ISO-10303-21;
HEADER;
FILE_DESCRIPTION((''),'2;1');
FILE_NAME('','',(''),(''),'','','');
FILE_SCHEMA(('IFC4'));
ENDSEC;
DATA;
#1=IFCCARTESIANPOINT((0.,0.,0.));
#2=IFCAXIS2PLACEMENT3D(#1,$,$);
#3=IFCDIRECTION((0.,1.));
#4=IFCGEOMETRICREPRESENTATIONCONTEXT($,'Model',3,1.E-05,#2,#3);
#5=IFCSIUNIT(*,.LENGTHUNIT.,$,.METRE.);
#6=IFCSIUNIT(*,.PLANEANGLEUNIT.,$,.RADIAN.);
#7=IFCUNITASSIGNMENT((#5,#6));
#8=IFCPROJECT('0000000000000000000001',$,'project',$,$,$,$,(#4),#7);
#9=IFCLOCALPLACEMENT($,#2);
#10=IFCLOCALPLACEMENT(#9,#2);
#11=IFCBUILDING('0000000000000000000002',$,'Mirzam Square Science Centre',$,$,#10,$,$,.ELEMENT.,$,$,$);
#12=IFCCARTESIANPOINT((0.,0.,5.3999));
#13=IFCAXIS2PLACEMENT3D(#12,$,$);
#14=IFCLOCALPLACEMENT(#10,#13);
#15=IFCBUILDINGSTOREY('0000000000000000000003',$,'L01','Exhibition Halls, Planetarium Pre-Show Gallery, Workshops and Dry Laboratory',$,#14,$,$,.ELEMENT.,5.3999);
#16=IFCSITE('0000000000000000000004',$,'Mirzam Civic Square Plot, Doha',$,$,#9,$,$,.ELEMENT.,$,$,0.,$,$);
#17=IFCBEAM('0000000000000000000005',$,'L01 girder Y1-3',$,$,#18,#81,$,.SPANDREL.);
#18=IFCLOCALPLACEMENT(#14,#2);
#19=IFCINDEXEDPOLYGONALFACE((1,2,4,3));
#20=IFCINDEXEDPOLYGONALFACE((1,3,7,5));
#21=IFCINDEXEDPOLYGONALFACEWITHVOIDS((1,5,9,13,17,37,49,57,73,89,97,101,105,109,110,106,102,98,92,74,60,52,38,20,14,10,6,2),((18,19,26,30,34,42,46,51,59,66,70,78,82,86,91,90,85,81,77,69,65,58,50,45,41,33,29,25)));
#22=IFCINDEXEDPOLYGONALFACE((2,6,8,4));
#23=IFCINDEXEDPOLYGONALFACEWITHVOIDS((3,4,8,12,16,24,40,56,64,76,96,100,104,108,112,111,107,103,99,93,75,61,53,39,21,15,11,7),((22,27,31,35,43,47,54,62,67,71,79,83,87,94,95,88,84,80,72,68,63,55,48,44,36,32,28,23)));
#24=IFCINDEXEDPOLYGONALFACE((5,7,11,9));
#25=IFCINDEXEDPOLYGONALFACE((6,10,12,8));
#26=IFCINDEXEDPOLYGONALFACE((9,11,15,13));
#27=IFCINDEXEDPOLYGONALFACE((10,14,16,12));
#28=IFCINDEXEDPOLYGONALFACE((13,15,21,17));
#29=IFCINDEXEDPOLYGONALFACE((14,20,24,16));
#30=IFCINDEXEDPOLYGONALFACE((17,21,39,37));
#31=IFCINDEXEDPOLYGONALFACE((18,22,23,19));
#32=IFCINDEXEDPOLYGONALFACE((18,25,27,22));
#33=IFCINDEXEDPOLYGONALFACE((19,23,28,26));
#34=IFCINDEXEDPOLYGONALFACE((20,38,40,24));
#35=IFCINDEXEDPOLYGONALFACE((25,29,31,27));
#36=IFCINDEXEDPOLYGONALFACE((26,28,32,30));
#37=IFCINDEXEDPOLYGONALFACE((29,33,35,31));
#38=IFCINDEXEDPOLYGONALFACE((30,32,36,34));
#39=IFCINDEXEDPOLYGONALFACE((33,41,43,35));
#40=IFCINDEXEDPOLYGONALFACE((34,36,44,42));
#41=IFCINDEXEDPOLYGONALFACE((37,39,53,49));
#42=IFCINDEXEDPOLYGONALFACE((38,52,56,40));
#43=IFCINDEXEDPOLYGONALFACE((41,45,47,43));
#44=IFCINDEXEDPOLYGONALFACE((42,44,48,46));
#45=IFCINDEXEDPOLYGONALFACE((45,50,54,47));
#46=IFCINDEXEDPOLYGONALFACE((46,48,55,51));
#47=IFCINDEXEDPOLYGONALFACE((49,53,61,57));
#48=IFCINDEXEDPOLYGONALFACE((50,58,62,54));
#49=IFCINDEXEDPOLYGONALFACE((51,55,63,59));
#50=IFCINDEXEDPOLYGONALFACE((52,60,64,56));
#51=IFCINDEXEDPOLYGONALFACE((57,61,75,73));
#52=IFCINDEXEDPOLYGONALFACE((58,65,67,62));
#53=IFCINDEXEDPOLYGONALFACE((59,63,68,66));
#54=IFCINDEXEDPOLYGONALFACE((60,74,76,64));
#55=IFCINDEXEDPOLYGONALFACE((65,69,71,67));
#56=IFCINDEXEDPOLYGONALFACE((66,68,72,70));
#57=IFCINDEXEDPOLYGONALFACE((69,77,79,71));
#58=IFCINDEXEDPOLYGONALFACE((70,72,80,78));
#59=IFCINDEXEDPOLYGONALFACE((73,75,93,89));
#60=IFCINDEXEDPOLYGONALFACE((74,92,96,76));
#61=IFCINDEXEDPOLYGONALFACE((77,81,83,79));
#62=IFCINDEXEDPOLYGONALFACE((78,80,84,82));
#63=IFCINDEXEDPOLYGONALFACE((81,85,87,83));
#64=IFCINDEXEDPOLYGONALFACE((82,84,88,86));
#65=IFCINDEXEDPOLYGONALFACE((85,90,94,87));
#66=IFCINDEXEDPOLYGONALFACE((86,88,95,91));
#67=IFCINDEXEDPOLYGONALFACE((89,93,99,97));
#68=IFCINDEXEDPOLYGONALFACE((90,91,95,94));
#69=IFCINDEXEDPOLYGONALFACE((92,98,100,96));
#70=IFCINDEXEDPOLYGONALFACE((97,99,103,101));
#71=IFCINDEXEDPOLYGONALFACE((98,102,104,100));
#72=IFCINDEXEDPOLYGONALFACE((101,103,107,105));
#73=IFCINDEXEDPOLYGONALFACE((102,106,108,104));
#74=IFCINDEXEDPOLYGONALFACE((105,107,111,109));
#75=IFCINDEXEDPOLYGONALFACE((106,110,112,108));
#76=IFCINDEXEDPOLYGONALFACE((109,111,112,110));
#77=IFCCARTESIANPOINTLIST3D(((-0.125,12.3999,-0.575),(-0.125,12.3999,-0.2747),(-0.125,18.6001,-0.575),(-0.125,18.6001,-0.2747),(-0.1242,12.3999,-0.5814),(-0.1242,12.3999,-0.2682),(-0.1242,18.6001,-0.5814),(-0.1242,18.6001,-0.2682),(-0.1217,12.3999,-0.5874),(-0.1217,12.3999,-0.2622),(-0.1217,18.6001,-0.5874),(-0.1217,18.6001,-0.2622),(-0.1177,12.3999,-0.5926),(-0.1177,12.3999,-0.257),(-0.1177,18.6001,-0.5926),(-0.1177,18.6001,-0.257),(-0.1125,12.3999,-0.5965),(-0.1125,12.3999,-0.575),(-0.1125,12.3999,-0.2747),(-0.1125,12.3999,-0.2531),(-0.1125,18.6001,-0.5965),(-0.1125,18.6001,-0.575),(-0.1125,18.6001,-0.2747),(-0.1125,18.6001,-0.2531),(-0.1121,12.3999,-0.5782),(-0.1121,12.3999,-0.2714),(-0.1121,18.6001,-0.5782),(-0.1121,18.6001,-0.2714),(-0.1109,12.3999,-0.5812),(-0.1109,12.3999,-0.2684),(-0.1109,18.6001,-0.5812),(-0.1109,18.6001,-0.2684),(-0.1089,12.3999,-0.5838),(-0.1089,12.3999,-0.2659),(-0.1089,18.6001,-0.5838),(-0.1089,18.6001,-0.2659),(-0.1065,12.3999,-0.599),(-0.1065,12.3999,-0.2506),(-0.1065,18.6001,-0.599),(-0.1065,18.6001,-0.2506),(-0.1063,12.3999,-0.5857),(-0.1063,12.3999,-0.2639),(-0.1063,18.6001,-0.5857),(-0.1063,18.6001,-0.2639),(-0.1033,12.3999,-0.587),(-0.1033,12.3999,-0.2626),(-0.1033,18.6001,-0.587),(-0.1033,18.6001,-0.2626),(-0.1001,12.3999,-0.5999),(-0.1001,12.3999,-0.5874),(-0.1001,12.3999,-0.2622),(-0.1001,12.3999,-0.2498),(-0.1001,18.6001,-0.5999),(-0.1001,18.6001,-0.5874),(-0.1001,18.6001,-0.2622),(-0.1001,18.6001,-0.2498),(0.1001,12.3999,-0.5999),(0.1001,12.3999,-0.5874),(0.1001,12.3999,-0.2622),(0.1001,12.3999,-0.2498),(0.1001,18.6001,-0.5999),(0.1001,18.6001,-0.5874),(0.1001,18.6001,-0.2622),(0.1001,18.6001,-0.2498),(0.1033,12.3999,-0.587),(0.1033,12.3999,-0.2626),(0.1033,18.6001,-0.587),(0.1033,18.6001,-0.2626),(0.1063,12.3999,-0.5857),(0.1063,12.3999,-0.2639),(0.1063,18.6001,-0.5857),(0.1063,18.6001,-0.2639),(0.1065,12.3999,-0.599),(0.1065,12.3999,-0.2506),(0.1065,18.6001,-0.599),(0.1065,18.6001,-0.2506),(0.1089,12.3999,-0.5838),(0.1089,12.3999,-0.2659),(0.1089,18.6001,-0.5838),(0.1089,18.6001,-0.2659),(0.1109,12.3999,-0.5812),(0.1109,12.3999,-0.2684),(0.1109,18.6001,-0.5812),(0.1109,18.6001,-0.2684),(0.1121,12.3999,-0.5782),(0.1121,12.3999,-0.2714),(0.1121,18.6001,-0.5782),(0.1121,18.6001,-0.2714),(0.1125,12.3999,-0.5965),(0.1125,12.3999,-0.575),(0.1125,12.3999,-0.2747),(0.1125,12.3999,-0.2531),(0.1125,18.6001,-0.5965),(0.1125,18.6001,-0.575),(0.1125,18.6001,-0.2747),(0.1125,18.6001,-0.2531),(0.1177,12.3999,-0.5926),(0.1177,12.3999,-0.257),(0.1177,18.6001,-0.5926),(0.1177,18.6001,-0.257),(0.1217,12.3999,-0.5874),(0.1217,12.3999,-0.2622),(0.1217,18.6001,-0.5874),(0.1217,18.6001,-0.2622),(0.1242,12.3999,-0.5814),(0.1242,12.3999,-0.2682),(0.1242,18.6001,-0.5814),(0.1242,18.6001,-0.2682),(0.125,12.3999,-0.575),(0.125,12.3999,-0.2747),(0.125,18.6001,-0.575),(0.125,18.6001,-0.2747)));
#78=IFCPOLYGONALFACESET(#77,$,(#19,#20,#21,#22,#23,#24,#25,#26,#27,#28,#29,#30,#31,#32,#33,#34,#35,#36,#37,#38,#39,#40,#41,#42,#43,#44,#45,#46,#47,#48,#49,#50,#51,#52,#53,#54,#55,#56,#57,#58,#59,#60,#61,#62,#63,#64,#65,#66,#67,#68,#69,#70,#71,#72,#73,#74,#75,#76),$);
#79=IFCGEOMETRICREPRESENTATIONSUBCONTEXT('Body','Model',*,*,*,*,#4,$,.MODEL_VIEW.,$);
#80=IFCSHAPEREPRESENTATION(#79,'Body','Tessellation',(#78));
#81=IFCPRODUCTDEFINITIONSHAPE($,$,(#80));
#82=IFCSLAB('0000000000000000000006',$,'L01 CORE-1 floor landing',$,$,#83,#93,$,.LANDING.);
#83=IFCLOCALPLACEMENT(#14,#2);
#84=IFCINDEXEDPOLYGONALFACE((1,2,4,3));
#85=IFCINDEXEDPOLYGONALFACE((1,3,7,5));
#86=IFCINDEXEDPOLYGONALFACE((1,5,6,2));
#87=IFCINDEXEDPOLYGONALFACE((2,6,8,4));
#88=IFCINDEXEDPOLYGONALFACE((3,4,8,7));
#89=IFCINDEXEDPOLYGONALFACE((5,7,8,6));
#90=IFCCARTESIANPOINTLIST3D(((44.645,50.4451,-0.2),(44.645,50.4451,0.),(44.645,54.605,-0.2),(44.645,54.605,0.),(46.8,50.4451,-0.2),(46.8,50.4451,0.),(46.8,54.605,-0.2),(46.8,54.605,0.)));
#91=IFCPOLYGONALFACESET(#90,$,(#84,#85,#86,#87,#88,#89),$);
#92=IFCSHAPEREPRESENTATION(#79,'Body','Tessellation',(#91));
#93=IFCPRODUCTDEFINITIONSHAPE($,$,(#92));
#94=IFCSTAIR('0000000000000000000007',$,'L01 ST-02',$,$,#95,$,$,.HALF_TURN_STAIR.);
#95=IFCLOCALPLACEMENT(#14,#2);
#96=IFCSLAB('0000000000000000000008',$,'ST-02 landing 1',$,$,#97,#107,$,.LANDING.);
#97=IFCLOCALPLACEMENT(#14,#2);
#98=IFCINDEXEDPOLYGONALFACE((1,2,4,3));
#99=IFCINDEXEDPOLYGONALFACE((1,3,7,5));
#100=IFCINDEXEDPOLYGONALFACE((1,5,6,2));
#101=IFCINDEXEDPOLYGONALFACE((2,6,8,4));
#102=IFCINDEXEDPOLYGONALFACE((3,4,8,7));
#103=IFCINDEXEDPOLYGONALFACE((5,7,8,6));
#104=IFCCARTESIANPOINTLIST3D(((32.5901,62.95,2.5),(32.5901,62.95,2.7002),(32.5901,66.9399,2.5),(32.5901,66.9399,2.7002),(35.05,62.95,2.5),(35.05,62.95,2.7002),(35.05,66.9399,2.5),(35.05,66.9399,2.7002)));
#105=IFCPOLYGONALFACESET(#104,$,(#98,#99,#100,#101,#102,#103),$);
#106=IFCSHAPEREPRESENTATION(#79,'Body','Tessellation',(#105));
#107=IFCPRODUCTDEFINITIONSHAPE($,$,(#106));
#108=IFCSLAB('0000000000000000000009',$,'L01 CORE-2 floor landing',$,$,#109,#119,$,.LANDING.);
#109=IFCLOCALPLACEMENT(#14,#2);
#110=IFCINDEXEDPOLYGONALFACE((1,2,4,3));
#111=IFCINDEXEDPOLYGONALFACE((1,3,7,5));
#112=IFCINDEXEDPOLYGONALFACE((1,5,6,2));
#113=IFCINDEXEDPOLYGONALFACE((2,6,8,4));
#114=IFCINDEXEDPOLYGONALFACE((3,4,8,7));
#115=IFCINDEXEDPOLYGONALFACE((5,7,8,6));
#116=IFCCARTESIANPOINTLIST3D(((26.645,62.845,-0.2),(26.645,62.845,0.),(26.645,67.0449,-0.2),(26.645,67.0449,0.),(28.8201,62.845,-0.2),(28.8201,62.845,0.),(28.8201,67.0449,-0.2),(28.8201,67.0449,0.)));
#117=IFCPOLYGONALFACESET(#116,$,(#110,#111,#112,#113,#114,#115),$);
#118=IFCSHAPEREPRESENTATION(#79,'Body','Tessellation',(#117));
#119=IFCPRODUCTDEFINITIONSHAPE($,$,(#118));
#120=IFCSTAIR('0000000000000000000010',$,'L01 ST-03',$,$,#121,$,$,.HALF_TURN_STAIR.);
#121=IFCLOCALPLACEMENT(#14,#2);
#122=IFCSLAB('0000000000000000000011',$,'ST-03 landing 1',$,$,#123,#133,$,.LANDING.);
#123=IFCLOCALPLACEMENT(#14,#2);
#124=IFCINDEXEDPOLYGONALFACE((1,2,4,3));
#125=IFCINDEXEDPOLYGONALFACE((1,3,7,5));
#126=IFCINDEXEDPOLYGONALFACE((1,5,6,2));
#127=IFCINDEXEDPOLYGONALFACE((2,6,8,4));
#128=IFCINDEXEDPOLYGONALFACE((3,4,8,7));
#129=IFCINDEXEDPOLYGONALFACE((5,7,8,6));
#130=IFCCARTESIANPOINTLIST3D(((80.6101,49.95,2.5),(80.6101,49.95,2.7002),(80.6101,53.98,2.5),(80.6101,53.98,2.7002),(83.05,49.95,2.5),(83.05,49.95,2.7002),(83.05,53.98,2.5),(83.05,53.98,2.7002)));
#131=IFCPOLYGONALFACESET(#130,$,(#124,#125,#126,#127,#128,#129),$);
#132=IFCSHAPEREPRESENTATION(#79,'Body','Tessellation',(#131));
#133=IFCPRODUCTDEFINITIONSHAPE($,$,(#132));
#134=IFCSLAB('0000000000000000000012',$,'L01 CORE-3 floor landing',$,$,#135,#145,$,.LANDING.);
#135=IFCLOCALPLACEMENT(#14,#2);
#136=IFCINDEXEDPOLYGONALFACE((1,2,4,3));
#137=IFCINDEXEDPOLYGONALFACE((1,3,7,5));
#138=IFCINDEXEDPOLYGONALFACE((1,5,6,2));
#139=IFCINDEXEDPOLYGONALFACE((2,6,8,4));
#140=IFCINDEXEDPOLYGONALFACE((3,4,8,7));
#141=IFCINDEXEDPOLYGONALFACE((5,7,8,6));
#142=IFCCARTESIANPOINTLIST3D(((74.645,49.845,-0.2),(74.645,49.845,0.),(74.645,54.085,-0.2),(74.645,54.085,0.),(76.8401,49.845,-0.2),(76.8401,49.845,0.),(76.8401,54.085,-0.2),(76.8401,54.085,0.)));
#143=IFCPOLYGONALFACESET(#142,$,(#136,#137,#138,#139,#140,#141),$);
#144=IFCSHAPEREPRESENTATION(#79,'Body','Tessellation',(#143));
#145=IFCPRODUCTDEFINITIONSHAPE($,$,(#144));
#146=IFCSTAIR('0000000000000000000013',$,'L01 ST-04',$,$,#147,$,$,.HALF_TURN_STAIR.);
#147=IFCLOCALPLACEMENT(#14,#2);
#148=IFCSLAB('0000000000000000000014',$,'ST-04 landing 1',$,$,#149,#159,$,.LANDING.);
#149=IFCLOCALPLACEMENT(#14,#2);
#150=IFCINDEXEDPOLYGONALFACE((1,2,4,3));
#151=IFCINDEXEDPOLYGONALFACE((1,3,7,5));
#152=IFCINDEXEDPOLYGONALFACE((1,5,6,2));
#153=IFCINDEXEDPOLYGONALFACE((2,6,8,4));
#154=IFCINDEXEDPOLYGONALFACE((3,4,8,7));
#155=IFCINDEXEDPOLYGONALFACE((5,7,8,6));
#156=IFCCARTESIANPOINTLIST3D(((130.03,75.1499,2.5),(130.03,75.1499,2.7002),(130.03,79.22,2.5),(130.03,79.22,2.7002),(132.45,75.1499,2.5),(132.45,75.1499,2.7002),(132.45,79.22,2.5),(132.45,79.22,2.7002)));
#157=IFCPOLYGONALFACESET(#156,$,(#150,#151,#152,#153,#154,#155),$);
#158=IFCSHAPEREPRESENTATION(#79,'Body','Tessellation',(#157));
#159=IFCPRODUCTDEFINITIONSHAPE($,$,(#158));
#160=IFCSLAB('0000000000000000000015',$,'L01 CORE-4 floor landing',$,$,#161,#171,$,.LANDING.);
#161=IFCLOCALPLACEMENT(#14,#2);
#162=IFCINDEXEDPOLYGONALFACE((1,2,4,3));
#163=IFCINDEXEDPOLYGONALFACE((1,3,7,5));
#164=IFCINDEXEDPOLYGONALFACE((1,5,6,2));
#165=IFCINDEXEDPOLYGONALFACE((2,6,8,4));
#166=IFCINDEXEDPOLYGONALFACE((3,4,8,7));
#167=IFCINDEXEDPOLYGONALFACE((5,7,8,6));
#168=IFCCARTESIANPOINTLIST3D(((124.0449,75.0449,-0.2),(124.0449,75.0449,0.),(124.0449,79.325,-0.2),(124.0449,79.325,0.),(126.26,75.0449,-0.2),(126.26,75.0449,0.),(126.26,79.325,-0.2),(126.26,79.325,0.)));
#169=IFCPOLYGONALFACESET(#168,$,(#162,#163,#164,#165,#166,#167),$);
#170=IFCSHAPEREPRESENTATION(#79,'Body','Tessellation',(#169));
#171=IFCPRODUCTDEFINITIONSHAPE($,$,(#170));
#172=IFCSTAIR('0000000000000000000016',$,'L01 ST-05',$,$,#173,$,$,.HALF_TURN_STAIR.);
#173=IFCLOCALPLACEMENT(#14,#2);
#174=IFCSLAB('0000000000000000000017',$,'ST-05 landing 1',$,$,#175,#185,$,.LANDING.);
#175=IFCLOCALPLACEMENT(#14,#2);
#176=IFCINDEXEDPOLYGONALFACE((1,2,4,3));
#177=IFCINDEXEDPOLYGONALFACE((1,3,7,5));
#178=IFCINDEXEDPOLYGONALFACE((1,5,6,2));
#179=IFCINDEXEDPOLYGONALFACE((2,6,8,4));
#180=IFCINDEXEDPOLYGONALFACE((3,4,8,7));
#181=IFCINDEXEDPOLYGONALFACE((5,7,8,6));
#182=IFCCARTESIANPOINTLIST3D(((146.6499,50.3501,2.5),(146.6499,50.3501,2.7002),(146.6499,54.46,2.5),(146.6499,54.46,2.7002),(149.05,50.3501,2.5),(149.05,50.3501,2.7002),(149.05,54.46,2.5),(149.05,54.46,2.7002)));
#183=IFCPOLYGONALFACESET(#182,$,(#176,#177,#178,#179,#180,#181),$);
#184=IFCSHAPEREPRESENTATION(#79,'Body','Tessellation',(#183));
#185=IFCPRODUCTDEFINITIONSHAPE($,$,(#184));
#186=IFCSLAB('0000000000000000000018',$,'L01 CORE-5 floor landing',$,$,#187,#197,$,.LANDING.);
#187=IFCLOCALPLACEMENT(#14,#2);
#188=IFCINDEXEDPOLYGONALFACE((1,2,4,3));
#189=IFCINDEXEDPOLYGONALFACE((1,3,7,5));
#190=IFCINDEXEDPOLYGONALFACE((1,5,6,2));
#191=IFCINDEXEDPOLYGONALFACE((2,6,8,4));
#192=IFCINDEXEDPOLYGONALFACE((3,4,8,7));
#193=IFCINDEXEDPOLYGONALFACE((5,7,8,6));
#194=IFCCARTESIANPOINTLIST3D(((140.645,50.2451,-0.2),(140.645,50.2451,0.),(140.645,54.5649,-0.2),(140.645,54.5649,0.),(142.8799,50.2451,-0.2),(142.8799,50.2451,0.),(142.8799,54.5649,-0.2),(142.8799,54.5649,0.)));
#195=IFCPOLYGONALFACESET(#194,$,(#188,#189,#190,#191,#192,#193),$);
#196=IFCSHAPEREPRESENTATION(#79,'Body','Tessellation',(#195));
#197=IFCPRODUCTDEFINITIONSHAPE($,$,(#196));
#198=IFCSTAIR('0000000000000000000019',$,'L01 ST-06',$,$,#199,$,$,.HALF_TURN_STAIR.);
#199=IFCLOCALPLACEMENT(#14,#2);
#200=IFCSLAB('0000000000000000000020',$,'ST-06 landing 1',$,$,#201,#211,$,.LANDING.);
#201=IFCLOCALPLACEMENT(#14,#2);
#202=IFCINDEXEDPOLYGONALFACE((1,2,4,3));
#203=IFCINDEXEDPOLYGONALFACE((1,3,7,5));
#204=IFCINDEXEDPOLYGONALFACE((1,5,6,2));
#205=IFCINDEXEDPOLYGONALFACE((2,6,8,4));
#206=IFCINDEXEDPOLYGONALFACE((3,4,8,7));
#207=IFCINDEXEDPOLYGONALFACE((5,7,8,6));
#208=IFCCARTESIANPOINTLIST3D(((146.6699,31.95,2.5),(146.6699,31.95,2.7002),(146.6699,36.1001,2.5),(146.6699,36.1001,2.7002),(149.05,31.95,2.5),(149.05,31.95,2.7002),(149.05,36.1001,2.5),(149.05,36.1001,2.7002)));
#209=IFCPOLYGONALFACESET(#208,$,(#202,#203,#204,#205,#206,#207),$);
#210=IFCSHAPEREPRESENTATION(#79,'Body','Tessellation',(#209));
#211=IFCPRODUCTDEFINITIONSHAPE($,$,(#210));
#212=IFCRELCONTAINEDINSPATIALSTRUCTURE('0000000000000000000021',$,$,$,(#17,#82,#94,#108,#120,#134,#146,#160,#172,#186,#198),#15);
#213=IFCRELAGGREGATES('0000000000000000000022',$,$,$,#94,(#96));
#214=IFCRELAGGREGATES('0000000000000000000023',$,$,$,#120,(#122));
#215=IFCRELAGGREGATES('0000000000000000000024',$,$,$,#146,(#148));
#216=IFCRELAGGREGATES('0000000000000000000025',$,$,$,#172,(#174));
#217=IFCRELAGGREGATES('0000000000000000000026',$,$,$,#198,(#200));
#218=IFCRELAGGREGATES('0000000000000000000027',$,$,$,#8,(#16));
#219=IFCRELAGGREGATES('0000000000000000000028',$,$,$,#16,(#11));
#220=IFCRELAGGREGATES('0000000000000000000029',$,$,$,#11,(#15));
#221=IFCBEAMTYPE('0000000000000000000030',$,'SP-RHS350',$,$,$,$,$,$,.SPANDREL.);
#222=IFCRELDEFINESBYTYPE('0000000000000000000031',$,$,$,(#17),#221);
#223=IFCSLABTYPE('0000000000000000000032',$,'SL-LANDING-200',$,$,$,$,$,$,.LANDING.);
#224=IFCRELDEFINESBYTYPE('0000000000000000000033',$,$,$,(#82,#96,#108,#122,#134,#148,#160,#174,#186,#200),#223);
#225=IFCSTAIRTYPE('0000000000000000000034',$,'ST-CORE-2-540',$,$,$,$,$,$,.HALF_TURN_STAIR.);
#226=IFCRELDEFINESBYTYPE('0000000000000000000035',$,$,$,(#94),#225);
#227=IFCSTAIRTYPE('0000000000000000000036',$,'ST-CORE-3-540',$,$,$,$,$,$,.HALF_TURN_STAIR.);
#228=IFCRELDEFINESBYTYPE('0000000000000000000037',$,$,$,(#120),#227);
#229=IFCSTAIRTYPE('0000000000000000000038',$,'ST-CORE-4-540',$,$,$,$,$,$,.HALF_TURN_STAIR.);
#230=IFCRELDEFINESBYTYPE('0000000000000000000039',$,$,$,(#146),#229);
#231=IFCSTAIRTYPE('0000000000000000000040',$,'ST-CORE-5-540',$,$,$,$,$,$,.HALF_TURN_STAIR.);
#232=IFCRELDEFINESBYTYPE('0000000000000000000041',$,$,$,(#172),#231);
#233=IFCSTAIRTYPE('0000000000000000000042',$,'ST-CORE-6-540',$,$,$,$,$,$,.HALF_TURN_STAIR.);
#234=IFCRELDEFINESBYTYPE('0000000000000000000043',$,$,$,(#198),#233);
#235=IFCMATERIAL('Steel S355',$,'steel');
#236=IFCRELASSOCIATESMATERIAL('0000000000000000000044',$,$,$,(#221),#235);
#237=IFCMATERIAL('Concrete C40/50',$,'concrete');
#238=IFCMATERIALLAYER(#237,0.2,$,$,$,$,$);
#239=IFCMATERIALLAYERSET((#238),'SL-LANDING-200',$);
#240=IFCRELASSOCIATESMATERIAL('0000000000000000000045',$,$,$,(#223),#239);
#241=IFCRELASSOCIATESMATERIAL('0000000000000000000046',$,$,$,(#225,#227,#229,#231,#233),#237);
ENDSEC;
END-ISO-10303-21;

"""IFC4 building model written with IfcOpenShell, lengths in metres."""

from ifc_helpers import new_model, si_unit, direction, frame, origin, origin_2d, place, context, subcontext, project, spatial, polyline, hollow_rectangle, outline, extrude, material, layer, layer_set, material_profile, profile_set, type_object, element, aggregate, save


model = new_model("IFC4")

# Units and contexts
model_context = context("Model", 3, precision=1e-05, world=origin(), true_north=direction((0.0, 1.0)))
body_context = subcontext(model_context, "Body", "Model", "MODEL_VIEW")
ifc_project = project(units=[si_unit("LENGTHUNIT", "METRE"), si_unit("PLANEANGLEUNIT", "RADIAN")], contexts=[model_context])

# Site, building, storey
site_placement = place(None, origin())
site = spatial("IfcSite", under=ifc_project, at=site_placement, Name="Mirzam Civic Square Plot, Doha", CompositionType="ELEMENT", RefElevation=0.0)
building_placement = place(site_placement, origin())
building = spatial("IfcBuilding", under=site, at=building_placement, Name="Mirzam Square Science Centre", CompositionType="ELEMENT")
storey_placement = place(building_placement, frame((0.0, 0.0, 5.3999)))
storey = spatial("IfcBuildingStorey", under=building, at=storey_placement, Name="L01", Description="Exhibition Halls, Planetarium Pre-Show Gallery, Workshops and Dry Laboratory", CompositionType="ELEMENT", Elevation=5.3999)

# Shared definitions
ifc_material_1 = material(Name="Steel S355", Category="steel")

# Beam
ifc_material_profile_1 = material_profile(ifc_material_1, hollow_rectangle(XDim=0.25, YDim=0.3501, WallThickness=0.0125, InnerFilletRadius=0.0125, OuterFilletRadius=0.0249, at=origin_2d()), Name="350x250x12.5RHS")
ifc_profile_set_1 = profile_set([ifc_material_profile_1], Name="Steel S355")
beam_type_1 = type_object("IfcBeamType", Name="SP-RHS350", PredefinedType="SPANDREL", material=ifc_profile_set_1)
beam_1_placement = place(storey_placement, frame((0.0, 12.3999, -0.4248), z_axis=(0.0, 1.0, 0.0), x_axis=(-1.0, 0.0, 0.0)))
element("IfcBeam", 1, at=beam_1_placement, inside=storey, type_object=beam_type_1, Name="L01 girder Y1-3", PredefinedType="SPANDREL", context=body_context, shape_type="SweptSolid", body=[
    extrude(hollow_rectangle(XDim=0.25, YDim=0.3501, WallThickness=0.0125, InnerFilletRadius=0.0125, OuterFilletRadius=0.0249, at=origin_2d()), origin(), (0.0, 0.0, 1.0), 6.2002),
])

# Slab
ifc_material_2 = material(Name="Concrete C40/50", Category="concrete")
ifc_layer_1 = layer(ifc_material_2, 0.2)
ifc_layer_set_1 = layer_set([ifc_layer_1], Name="SL-LANDING-200")
slab_type = type_object("IfcSlabType", Name="SL-LANDING-200", PredefinedType="LANDING", material=ifc_layer_set_1)
slab_1_placement = place(storey_placement, frame((0.0, 0.0, -0.2)))
element("IfcSlab", 2, at=slab_1_placement, inside=storey, type_object=slab_type, Name="L01 CORE-1 floor landing", PredefinedType="LANDING", context=body_context, shape_type="SweptSolid", body=[
    extrude(outline(polyline([(46.8, 50.4451), (44.645, 50.4451), (44.645, 54.605), (46.8, 54.605), (46.8, 50.4451)])), origin(), (0.0, 0.0, 1.0), 0.2),
])

# Stair, slab
stair_type_1 = type_object("IfcStairType", Name="ST-CORE-2-540", PredefinedType="HALF_TURN_STAIR", material=ifc_material_2)
stair_1_placement = place(storey_placement, origin())
stair_1 = element("IfcStair", 3, at=stair_1_placement, inside=storey, type_object=stair_type_1, Name="L01 ST-02", PredefinedType="HALF_TURN_STAIR")
slab_2_placement = place(storey_placement, frame((0.0, 0.0, 2.5)))
slab_2 = element("IfcSlab", 4, at=slab_2_placement, type_object=slab_type, Name="ST-02 landing 1", PredefinedType="LANDING", context=body_context, shape_type="SweptSolid", body=[
    extrude(outline(polyline([(32.5901, 62.95), (35.05, 62.95), (35.05, 66.9399), (32.5901, 66.9399), (32.5901, 62.95)])), origin(), (0.0, 0.0, 1.0), 0.2002),
])
aggregate(stair_1, [slab_2])

# Slab
slab_3_placement = place(storey_placement, frame((0.0, 0.0, -0.2)))
element("IfcSlab", 5, at=slab_3_placement, inside=storey, type_object=slab_type, Name="L01 CORE-2 floor landing", PredefinedType="LANDING", context=body_context, shape_type="SweptSolid", body=[
    extrude(outline(polyline([(28.8201, 62.845), (26.645, 62.845), (26.645, 67.0449), (28.8201, 67.0449), (28.8201, 62.845)])), origin(), (0.0, 0.0, 1.0), 0.2),
])

# Stair, slab
stair_type_2 = type_object("IfcStairType", Name="ST-CORE-3-540", PredefinedType="HALF_TURN_STAIR", material=ifc_material_2)
stair_2_placement = place(storey_placement, origin())
stair_2 = element("IfcStair", 6, at=stair_2_placement, inside=storey, type_object=stair_type_2, Name="L01 ST-03", PredefinedType="HALF_TURN_STAIR")
slab_4_placement = place(storey_placement, frame((0.0, 0.0, 2.5)))
slab_4 = element("IfcSlab", 7, at=slab_4_placement, type_object=slab_type, Name="ST-03 landing 1", PredefinedType="LANDING", context=body_context, shape_type="SweptSolid", body=[
    extrude(outline(polyline([(80.6101, 49.95), (83.05, 49.95), (83.05, 53.98), (80.6101, 53.98), (80.6101, 49.95)])), origin(), (0.0, 0.0, 1.0), 0.2002),
])
aggregate(stair_2, [slab_4])

# Slab
slab_5_placement = place(storey_placement, frame((0.0, 0.0, -0.2)))
element("IfcSlab", 8, at=slab_5_placement, inside=storey, type_object=slab_type, Name="L01 CORE-3 floor landing", PredefinedType="LANDING", context=body_context, shape_type="SweptSolid", body=[
    extrude(outline(polyline([(76.8401, 49.845), (74.645, 49.845), (74.645, 54.085), (76.8401, 54.085), (76.8401, 49.845)])), origin(), (0.0, 0.0, 1.0), 0.2),
])

# Stair, slab
stair_type_3 = type_object("IfcStairType", Name="ST-CORE-4-540", PredefinedType="HALF_TURN_STAIR", material=ifc_material_2)
stair_3_placement = place(storey_placement, origin())
stair_3 = element("IfcStair", 9, at=stair_3_placement, inside=storey, type_object=stair_type_3, Name="L01 ST-04", PredefinedType="HALF_TURN_STAIR")
slab_6_placement = place(storey_placement, frame((0.0, 0.0, 2.5)))
slab_6 = element("IfcSlab", 10, at=slab_6_placement, type_object=slab_type, Name="ST-04 landing 1", PredefinedType="LANDING", context=body_context, shape_type="SweptSolid", body=[
    extrude(outline(polyline([(130.03, 75.1499), (132.45, 75.1499), (132.45, 79.22), (130.03, 79.22), (130.03, 75.1499)])), origin(), (0.0, 0.0, 1.0), 0.2002),
])
aggregate(stair_3, [slab_6])

# Slab
slab_7_placement = place(storey_placement, frame((0.0, 0.0, -0.2)))
element("IfcSlab", 11, at=slab_7_placement, inside=storey, type_object=slab_type, Name="L01 CORE-4 floor landing", PredefinedType="LANDING", context=body_context, shape_type="SweptSolid", body=[
    extrude(outline(polyline([(126.26, 75.0449), (124.0449, 75.0449), (124.0449, 79.325), (126.26, 79.325), (126.26, 75.0449)])), origin(), (0.0, 0.0, 1.0), 0.2),
])

# Stair, slab
stair_type_4 = type_object("IfcStairType", Name="ST-CORE-5-540", PredefinedType="HALF_TURN_STAIR", material=ifc_material_2)
stair_4_placement = place(storey_placement, origin())
stair_4 = element("IfcStair", 12, at=stair_4_placement, inside=storey, type_object=stair_type_4, Name="L01 ST-05", PredefinedType="HALF_TURN_STAIR")
slab_8_placement = place(storey_placement, frame((0.0, 0.0, 2.5)))
slab_8 = element("IfcSlab", 13, at=slab_8_placement, type_object=slab_type, Name="ST-05 landing 1", PredefinedType="LANDING", context=body_context, shape_type="SweptSolid", body=[
    extrude(outline(polyline([(146.6499, 50.3501), (149.05, 50.3501), (149.05, 54.46), (146.6499, 54.46), (146.6499, 50.3501)])), origin(), (0.0, 0.0, 1.0), 0.2002),
])
aggregate(stair_4, [slab_8])

# Slab
slab_9_placement = place(storey_placement, frame((0.0, 0.0, -0.2)))
element("IfcSlab", 14, at=slab_9_placement, inside=storey, type_object=slab_type, Name="L01 CORE-5 floor landing", PredefinedType="LANDING", context=body_context, shape_type="SweptSolid", body=[
    extrude(outline(polyline([(142.8799, 50.2451), (140.645, 50.2451), (140.645, 54.5649), (142.8799, 54.5649), (142.8799, 50.2451)])), origin(), (0.0, 0.0, 1.0), 0.2),
])

# Stair, slab
stair_type_5 = type_object("IfcStairType", Name="ST-CORE-6-540", PredefinedType="HALF_TURN_STAIR", material=ifc_material_2)
stair_5_placement = place(storey_placement, origin())
stair_5 = element("IfcStair", 15, at=stair_5_placement, inside=storey, type_object=stair_type_5, Name="L01 ST-06", PredefinedType="HALF_TURN_STAIR")
slab_10_placement = place(storey_placement, frame((0.0, 0.0, 2.5)))
slab_10 = element("IfcSlab", 16, at=slab_10_placement, type_object=slab_type, Name="ST-06 landing 1", PredefinedType="LANDING", context=body_context, shape_type="SweptSolid", body=[
    extrude(outline(polyline([(146.6699, 31.95), (149.05, 31.95), (149.05, 36.1001), (146.6699, 36.1001), (146.6699, 31.95)])), origin(), (0.0, 0.0, 1.0), 0.2002),
])
aggregate(stair_5, [slab_10])

save(model, "model.ifc")
